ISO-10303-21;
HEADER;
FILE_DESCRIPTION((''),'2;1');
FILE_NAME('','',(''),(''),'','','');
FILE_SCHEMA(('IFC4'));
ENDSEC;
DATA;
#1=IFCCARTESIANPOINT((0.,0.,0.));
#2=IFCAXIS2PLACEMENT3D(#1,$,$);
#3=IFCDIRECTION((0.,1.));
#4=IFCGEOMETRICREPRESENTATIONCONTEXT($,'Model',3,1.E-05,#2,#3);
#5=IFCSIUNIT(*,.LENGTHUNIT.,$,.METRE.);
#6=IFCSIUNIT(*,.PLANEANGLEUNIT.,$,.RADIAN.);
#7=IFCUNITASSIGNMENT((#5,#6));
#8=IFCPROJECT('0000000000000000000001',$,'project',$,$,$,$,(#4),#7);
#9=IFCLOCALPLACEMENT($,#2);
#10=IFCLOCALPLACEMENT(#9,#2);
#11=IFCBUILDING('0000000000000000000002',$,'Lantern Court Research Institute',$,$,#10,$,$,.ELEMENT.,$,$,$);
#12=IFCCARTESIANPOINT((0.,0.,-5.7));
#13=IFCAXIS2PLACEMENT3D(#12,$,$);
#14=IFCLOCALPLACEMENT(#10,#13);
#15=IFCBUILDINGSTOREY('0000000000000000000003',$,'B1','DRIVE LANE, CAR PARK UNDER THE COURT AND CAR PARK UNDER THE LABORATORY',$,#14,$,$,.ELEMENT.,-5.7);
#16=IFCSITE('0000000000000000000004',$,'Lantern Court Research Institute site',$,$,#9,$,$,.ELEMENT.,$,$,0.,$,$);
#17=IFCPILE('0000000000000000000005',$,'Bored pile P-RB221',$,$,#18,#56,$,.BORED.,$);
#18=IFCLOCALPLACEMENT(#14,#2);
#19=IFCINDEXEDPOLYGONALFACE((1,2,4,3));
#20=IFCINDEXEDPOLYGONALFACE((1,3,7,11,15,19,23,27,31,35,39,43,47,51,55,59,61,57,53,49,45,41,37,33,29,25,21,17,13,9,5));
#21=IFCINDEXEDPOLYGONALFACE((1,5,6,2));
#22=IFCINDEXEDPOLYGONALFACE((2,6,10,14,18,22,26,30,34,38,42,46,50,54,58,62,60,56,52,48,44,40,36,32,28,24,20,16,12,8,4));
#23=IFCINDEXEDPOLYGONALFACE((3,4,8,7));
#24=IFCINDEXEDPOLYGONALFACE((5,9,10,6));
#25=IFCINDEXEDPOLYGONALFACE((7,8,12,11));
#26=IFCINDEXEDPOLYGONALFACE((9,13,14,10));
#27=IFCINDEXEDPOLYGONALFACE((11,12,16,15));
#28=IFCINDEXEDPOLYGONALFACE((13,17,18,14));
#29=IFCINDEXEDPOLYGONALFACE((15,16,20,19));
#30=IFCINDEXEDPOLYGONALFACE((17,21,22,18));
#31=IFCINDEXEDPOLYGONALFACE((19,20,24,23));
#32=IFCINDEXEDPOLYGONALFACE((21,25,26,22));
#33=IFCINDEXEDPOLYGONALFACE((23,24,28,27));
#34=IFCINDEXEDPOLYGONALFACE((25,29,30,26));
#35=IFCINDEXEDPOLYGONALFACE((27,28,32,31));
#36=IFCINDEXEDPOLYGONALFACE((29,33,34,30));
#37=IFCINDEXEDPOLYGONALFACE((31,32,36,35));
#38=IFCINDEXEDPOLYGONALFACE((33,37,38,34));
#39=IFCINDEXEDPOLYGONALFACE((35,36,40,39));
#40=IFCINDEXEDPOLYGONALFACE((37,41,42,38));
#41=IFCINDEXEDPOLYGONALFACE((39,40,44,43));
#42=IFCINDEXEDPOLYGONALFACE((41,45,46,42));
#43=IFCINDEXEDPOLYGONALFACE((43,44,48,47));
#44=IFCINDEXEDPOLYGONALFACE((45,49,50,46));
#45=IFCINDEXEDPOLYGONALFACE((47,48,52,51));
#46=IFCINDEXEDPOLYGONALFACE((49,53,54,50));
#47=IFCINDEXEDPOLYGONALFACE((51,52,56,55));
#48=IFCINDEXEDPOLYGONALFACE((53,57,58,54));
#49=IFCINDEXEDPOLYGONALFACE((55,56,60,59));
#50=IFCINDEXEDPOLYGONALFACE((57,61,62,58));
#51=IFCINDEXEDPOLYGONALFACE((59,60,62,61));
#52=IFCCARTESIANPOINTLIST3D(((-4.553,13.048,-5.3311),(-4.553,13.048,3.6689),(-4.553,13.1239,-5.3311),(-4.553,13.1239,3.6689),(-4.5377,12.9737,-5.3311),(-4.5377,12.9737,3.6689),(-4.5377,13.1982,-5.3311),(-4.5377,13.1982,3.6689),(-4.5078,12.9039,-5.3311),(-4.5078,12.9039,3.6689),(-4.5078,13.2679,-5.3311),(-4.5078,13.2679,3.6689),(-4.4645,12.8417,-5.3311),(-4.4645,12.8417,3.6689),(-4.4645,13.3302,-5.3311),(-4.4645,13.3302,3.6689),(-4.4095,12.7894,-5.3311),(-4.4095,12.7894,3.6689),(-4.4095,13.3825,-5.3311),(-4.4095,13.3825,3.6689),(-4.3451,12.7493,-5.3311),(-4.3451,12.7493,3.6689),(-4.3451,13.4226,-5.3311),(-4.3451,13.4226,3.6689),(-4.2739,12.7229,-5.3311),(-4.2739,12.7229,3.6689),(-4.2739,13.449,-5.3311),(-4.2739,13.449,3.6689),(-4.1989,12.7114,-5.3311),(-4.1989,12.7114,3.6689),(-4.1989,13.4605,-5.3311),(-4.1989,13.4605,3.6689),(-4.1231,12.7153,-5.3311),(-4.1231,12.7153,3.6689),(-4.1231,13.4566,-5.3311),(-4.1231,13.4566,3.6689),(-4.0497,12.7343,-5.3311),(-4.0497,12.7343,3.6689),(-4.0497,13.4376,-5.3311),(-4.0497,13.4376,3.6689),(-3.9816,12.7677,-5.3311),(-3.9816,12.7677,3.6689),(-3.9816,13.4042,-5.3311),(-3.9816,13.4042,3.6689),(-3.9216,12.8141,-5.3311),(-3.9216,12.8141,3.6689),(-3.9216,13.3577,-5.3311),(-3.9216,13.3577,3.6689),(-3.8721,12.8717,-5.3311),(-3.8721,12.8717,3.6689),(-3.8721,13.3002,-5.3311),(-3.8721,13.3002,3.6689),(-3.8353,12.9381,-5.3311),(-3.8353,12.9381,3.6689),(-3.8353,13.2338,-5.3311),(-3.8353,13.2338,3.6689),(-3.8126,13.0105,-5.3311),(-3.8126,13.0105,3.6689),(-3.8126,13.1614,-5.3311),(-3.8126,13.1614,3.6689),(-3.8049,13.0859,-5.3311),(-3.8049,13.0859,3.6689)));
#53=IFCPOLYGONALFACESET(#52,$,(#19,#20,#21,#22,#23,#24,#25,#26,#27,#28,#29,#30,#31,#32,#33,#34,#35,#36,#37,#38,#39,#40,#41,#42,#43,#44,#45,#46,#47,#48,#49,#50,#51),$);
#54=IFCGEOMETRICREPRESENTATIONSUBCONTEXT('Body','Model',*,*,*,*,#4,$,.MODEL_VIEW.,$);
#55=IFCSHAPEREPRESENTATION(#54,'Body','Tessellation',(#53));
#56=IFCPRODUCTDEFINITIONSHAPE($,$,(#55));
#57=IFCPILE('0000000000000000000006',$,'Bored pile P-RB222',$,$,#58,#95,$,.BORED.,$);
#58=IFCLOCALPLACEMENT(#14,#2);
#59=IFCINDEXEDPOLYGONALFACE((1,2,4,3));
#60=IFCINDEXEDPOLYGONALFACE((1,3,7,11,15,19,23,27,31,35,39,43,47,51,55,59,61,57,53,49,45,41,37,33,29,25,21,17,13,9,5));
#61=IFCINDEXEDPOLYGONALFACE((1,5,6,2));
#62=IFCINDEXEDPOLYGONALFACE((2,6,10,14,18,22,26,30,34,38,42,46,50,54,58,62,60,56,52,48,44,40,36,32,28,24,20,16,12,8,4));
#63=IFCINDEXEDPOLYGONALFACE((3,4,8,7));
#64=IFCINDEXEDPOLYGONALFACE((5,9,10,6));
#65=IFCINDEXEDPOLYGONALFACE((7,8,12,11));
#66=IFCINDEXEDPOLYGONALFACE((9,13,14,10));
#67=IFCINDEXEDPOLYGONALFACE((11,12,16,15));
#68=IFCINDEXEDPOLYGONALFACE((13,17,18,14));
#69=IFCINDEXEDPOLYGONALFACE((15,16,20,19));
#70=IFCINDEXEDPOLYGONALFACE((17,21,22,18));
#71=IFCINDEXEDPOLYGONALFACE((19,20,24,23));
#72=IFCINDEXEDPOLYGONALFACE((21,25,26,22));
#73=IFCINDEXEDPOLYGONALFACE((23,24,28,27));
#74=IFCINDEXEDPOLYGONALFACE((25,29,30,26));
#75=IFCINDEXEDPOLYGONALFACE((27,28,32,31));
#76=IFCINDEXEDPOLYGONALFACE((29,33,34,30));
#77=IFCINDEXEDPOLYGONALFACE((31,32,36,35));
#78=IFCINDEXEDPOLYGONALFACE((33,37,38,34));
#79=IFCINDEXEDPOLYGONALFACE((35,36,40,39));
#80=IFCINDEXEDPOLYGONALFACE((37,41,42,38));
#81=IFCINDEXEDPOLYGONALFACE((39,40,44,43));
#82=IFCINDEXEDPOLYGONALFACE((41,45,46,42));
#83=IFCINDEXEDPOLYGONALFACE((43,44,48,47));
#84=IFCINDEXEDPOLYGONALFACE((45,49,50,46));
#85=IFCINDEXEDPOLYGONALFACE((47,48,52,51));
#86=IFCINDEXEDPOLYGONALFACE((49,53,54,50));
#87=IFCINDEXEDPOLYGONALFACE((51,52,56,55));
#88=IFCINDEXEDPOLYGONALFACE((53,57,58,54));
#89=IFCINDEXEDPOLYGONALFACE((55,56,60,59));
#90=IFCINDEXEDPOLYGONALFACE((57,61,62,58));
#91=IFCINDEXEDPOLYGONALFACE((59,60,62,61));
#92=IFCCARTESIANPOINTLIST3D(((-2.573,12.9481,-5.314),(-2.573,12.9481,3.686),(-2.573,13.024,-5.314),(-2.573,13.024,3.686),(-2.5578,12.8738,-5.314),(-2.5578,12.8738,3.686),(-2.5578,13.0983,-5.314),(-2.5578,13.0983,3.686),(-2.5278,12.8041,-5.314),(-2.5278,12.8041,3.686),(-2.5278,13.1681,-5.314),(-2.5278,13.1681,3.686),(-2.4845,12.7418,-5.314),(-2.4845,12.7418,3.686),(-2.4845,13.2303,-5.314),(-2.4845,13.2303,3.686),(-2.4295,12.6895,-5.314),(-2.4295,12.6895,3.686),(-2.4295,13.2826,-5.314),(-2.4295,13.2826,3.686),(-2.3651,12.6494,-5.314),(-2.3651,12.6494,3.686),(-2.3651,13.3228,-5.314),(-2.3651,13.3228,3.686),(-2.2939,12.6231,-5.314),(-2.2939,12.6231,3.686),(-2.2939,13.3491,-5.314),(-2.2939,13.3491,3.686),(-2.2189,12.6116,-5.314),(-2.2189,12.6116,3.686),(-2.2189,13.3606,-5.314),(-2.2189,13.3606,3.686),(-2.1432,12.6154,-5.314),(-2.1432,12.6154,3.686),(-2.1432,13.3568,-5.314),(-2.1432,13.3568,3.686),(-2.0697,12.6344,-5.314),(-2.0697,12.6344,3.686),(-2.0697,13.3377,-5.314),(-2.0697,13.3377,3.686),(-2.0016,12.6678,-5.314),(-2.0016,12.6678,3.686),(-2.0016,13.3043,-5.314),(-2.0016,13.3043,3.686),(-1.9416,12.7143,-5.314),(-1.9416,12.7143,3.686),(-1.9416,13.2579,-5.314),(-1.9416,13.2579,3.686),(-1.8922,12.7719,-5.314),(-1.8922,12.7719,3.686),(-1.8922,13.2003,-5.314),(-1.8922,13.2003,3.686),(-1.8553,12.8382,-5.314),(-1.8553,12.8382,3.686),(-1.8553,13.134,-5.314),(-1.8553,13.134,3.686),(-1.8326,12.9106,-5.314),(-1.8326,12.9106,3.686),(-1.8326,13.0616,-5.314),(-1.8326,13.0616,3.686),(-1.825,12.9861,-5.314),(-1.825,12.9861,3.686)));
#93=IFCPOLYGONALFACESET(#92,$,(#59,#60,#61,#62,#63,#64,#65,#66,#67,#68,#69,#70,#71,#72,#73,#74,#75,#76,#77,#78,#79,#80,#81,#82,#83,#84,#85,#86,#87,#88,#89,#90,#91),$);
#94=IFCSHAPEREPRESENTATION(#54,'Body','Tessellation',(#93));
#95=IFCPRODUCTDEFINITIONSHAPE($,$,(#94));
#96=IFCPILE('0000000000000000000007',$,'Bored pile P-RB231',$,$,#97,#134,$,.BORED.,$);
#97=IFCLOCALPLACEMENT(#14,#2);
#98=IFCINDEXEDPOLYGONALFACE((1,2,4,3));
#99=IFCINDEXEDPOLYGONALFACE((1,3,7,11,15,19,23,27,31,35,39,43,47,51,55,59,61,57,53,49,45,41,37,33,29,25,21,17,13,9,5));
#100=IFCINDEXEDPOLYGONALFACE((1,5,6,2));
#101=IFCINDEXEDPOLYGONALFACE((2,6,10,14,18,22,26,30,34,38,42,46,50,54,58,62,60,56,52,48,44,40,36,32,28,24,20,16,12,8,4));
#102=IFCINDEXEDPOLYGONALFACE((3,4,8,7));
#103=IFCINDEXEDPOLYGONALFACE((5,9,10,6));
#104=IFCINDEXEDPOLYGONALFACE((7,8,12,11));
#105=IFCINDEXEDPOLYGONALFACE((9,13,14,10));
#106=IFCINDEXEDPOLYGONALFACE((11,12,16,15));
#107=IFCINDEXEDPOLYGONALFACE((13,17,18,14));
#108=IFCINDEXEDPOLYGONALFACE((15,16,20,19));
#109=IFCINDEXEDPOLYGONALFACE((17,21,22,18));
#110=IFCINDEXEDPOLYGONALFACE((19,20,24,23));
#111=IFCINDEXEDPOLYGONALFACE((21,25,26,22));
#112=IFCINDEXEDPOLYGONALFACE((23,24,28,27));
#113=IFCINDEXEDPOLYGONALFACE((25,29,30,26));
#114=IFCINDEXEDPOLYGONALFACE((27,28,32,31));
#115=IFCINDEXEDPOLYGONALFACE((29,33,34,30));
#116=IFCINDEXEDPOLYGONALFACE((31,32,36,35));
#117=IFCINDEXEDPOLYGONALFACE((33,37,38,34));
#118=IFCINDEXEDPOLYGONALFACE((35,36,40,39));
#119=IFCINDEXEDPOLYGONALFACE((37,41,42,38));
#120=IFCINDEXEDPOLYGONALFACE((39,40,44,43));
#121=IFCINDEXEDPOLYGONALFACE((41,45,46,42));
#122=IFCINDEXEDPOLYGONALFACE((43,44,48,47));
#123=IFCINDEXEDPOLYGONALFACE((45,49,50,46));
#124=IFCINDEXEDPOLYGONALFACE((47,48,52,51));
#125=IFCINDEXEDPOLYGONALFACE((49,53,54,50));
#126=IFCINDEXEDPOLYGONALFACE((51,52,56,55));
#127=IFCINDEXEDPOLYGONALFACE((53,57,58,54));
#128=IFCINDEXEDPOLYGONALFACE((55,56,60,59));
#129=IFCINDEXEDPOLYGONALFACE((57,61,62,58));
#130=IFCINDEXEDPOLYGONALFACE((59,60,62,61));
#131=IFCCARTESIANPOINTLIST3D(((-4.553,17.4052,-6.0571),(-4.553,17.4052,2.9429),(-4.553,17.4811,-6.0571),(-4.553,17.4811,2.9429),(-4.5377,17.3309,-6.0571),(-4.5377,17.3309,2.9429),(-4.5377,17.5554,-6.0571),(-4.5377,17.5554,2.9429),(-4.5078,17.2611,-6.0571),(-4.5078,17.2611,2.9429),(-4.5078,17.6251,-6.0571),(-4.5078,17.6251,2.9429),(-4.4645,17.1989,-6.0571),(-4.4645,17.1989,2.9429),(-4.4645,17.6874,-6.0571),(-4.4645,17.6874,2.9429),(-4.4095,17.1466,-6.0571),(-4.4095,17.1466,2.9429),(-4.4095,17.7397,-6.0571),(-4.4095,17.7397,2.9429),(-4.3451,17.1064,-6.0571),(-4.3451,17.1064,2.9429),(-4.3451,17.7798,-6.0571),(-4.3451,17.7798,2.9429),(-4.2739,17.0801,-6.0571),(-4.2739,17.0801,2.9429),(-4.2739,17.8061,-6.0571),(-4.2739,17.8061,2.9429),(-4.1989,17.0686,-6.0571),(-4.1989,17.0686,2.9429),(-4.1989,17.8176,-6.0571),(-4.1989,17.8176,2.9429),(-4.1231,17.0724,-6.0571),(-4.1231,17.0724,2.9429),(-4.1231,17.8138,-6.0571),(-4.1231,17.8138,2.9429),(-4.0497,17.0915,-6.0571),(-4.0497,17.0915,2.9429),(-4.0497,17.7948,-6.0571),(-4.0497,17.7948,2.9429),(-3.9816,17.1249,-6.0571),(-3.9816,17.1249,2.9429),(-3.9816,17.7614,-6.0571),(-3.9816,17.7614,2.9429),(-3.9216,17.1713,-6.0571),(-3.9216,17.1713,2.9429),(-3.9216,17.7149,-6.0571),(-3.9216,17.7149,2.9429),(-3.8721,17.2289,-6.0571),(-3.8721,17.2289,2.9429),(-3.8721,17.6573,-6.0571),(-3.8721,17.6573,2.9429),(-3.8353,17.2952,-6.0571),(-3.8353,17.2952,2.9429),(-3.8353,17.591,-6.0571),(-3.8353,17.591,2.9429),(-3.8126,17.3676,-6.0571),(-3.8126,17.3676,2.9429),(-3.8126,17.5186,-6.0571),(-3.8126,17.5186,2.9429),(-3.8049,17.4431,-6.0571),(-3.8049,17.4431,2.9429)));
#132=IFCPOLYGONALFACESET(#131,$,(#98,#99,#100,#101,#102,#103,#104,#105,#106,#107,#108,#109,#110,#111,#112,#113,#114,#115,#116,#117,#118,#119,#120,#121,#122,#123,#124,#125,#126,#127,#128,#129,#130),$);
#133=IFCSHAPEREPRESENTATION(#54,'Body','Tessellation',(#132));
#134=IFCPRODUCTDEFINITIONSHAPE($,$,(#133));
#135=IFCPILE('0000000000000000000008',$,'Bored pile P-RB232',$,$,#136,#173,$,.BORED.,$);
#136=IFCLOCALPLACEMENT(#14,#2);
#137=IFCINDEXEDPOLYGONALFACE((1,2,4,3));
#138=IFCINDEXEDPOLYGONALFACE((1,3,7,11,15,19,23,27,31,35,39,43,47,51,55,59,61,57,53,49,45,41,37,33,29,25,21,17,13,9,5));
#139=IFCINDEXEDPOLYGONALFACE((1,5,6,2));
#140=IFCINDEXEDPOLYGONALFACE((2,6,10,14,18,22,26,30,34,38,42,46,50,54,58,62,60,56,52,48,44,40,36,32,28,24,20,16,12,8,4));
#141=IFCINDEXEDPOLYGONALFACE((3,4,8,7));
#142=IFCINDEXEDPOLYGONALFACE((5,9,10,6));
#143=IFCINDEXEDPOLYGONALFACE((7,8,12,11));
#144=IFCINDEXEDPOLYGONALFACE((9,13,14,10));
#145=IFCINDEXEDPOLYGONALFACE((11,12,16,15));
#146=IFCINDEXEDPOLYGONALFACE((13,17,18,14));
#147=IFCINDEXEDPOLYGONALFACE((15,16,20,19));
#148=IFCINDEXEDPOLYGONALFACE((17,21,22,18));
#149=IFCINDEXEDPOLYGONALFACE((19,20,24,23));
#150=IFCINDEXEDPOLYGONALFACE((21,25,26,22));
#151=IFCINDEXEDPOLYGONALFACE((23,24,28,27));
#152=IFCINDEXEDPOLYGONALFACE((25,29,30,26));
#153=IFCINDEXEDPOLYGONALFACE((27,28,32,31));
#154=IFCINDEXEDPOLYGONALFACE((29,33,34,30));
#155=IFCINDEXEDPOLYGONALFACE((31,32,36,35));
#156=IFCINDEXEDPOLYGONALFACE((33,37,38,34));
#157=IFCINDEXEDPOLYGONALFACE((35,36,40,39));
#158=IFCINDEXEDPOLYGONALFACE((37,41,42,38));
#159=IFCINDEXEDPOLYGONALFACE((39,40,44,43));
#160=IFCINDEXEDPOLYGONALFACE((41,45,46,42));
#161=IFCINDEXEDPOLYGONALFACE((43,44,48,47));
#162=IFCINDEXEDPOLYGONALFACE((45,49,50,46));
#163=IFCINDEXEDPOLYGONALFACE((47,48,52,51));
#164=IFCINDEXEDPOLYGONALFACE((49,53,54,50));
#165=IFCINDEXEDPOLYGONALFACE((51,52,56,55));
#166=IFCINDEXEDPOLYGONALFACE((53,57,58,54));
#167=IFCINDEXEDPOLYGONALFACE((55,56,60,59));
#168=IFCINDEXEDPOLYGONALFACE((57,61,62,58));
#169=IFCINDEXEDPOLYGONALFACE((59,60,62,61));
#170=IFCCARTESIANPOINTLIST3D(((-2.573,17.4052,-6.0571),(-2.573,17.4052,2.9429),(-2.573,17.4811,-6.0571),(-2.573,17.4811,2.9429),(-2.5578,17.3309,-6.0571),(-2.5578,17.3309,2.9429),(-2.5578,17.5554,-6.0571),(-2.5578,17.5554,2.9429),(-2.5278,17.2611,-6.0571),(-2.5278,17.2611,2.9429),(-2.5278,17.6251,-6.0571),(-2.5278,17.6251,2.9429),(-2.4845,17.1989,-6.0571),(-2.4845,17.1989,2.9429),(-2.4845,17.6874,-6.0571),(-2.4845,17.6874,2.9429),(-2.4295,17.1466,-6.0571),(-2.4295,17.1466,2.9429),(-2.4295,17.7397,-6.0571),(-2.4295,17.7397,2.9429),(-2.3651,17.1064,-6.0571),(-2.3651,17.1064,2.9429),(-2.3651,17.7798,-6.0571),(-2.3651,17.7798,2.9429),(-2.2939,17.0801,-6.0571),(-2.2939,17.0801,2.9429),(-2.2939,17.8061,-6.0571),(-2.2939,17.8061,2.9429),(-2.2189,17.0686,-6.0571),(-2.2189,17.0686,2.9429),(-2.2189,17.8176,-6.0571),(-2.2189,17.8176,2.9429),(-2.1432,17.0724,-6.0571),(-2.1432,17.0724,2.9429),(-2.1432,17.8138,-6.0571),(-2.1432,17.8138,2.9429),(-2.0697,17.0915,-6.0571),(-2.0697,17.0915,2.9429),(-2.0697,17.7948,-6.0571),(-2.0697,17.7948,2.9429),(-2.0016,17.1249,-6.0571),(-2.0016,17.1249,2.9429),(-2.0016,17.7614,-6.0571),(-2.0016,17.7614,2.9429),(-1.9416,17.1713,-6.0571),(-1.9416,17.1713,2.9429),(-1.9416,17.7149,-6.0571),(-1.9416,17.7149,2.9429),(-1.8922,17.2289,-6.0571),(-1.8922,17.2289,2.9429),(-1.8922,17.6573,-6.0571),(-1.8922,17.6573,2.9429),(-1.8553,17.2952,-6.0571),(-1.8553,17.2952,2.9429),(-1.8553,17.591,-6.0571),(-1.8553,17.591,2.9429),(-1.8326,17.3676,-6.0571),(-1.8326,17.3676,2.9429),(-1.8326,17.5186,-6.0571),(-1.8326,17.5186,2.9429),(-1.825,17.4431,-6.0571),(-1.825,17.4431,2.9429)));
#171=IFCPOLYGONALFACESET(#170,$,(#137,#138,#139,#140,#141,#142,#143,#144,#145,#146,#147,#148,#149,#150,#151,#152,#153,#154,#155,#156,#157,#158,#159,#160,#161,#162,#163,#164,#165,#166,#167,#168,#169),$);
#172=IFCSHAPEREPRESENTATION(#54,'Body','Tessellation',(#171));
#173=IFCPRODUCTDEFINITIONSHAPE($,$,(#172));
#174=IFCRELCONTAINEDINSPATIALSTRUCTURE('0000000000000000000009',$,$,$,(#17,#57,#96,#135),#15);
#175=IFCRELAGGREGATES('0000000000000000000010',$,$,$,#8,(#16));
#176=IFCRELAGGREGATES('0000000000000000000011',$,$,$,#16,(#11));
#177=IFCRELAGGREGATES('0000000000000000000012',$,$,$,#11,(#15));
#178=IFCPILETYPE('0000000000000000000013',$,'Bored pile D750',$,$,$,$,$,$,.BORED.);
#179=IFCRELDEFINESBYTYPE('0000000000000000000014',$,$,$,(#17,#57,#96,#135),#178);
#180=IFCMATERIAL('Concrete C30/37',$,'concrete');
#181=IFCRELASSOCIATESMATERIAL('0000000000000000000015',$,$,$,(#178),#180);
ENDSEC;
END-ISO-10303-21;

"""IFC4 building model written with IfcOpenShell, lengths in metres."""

from ifc_helpers import new_model, si_unit, direction, frame, origin, origin_2d, place, context, subcontext, project, spatial, circle, extrude, material, material_profile, profile_set, type_object, element, save


model = new_model("IFC4")

# Units and contexts
model_context = context("Model", 3, precision=1e-05, world=origin(), true_north=direction((0.0, 1.0)))
body_context = subcontext(model_context, "Body", "Model", "MODEL_VIEW")
ifc_project = project(units=[si_unit("LENGTHUNIT", "METRE"), si_unit("PLANEANGLEUNIT", "RADIAN")], contexts=[model_context])

# Site, building, storey
site_placement = place(None, origin())
site = spatial("IfcSite", under=ifc_project, at=site_placement, Name="Lantern Court Research Institute site", CompositionType="ELEMENT", RefElevation=0.0)
building_placement = place(site_placement, origin())
building = spatial("IfcBuilding", under=site, at=building_placement, Name="Lantern Court Research Institute", CompositionType="ELEMENT")
storey_placement = place(building_placement, frame((0.0, 0.0, -5.7)))
storey = spatial("IfcBuildingStorey", under=building, at=storey_placement, Name="B1", Description="DRIVE LANE, CAR PARK UNDER THE COURT AND CAR PARK UNDER THE LABORATORY", CompositionType="ELEMENT", Elevation=-5.7)

# Piles
ifc_material_1 = material(Name="Concrete C30/37", Category="concrete")
ifc_material_profile_1 = material_profile(ifc_material_1, circle(Radius=0.375, at=origin_2d()), Name="Bored pile D750")
ifc_profile_set_1 = profile_set([ifc_material_profile_1], Name="Concrete C30/37")
pile_type_1 = type_object("IfcPileType", Name="Bored pile D750", PredefinedType="BORED", material=ifc_profile_set_1)
for number, where, z_axis, x_axis, name in (
    (1, (-4.1799, 13.0859, 3.6689), (0.0, 0.0, -1.0), (1.0, 0.0, 0.0), "Bored pile P-RB221"),
    (2, (-2.2, 12.9861, 3.686), (0.0, 0.0, -1.0), (1.0, 0.0, 0.0), "Bored pile P-RB222"),
    (3, (-4.1799, 17.4431, 2.9429), (0.0, 0.0, -1.0), (1.0, 0.0, 0.0), "Bored pile P-RB231"),
    (4, (-2.2, 17.4431, 2.9429), (0.0, 0.0, -1.0), (1.0, 0.0, 0.0), "Bored pile P-RB232"),
):
    element("IfcPile", number, at=place(storey_placement, frame(where, z_axis=z_axis, x_axis=x_axis)), inside=storey, type_object=pile_type_1, Name=name, PredefinedType="BORED", context=body_context, shape_type="SweptSolid", body=[
        extrude(circle(Radius=0.375, at=origin_2d()), origin(), (0.0, 0.0, 1.0), 9.0),
    ])

save(model, "model.ifc")
